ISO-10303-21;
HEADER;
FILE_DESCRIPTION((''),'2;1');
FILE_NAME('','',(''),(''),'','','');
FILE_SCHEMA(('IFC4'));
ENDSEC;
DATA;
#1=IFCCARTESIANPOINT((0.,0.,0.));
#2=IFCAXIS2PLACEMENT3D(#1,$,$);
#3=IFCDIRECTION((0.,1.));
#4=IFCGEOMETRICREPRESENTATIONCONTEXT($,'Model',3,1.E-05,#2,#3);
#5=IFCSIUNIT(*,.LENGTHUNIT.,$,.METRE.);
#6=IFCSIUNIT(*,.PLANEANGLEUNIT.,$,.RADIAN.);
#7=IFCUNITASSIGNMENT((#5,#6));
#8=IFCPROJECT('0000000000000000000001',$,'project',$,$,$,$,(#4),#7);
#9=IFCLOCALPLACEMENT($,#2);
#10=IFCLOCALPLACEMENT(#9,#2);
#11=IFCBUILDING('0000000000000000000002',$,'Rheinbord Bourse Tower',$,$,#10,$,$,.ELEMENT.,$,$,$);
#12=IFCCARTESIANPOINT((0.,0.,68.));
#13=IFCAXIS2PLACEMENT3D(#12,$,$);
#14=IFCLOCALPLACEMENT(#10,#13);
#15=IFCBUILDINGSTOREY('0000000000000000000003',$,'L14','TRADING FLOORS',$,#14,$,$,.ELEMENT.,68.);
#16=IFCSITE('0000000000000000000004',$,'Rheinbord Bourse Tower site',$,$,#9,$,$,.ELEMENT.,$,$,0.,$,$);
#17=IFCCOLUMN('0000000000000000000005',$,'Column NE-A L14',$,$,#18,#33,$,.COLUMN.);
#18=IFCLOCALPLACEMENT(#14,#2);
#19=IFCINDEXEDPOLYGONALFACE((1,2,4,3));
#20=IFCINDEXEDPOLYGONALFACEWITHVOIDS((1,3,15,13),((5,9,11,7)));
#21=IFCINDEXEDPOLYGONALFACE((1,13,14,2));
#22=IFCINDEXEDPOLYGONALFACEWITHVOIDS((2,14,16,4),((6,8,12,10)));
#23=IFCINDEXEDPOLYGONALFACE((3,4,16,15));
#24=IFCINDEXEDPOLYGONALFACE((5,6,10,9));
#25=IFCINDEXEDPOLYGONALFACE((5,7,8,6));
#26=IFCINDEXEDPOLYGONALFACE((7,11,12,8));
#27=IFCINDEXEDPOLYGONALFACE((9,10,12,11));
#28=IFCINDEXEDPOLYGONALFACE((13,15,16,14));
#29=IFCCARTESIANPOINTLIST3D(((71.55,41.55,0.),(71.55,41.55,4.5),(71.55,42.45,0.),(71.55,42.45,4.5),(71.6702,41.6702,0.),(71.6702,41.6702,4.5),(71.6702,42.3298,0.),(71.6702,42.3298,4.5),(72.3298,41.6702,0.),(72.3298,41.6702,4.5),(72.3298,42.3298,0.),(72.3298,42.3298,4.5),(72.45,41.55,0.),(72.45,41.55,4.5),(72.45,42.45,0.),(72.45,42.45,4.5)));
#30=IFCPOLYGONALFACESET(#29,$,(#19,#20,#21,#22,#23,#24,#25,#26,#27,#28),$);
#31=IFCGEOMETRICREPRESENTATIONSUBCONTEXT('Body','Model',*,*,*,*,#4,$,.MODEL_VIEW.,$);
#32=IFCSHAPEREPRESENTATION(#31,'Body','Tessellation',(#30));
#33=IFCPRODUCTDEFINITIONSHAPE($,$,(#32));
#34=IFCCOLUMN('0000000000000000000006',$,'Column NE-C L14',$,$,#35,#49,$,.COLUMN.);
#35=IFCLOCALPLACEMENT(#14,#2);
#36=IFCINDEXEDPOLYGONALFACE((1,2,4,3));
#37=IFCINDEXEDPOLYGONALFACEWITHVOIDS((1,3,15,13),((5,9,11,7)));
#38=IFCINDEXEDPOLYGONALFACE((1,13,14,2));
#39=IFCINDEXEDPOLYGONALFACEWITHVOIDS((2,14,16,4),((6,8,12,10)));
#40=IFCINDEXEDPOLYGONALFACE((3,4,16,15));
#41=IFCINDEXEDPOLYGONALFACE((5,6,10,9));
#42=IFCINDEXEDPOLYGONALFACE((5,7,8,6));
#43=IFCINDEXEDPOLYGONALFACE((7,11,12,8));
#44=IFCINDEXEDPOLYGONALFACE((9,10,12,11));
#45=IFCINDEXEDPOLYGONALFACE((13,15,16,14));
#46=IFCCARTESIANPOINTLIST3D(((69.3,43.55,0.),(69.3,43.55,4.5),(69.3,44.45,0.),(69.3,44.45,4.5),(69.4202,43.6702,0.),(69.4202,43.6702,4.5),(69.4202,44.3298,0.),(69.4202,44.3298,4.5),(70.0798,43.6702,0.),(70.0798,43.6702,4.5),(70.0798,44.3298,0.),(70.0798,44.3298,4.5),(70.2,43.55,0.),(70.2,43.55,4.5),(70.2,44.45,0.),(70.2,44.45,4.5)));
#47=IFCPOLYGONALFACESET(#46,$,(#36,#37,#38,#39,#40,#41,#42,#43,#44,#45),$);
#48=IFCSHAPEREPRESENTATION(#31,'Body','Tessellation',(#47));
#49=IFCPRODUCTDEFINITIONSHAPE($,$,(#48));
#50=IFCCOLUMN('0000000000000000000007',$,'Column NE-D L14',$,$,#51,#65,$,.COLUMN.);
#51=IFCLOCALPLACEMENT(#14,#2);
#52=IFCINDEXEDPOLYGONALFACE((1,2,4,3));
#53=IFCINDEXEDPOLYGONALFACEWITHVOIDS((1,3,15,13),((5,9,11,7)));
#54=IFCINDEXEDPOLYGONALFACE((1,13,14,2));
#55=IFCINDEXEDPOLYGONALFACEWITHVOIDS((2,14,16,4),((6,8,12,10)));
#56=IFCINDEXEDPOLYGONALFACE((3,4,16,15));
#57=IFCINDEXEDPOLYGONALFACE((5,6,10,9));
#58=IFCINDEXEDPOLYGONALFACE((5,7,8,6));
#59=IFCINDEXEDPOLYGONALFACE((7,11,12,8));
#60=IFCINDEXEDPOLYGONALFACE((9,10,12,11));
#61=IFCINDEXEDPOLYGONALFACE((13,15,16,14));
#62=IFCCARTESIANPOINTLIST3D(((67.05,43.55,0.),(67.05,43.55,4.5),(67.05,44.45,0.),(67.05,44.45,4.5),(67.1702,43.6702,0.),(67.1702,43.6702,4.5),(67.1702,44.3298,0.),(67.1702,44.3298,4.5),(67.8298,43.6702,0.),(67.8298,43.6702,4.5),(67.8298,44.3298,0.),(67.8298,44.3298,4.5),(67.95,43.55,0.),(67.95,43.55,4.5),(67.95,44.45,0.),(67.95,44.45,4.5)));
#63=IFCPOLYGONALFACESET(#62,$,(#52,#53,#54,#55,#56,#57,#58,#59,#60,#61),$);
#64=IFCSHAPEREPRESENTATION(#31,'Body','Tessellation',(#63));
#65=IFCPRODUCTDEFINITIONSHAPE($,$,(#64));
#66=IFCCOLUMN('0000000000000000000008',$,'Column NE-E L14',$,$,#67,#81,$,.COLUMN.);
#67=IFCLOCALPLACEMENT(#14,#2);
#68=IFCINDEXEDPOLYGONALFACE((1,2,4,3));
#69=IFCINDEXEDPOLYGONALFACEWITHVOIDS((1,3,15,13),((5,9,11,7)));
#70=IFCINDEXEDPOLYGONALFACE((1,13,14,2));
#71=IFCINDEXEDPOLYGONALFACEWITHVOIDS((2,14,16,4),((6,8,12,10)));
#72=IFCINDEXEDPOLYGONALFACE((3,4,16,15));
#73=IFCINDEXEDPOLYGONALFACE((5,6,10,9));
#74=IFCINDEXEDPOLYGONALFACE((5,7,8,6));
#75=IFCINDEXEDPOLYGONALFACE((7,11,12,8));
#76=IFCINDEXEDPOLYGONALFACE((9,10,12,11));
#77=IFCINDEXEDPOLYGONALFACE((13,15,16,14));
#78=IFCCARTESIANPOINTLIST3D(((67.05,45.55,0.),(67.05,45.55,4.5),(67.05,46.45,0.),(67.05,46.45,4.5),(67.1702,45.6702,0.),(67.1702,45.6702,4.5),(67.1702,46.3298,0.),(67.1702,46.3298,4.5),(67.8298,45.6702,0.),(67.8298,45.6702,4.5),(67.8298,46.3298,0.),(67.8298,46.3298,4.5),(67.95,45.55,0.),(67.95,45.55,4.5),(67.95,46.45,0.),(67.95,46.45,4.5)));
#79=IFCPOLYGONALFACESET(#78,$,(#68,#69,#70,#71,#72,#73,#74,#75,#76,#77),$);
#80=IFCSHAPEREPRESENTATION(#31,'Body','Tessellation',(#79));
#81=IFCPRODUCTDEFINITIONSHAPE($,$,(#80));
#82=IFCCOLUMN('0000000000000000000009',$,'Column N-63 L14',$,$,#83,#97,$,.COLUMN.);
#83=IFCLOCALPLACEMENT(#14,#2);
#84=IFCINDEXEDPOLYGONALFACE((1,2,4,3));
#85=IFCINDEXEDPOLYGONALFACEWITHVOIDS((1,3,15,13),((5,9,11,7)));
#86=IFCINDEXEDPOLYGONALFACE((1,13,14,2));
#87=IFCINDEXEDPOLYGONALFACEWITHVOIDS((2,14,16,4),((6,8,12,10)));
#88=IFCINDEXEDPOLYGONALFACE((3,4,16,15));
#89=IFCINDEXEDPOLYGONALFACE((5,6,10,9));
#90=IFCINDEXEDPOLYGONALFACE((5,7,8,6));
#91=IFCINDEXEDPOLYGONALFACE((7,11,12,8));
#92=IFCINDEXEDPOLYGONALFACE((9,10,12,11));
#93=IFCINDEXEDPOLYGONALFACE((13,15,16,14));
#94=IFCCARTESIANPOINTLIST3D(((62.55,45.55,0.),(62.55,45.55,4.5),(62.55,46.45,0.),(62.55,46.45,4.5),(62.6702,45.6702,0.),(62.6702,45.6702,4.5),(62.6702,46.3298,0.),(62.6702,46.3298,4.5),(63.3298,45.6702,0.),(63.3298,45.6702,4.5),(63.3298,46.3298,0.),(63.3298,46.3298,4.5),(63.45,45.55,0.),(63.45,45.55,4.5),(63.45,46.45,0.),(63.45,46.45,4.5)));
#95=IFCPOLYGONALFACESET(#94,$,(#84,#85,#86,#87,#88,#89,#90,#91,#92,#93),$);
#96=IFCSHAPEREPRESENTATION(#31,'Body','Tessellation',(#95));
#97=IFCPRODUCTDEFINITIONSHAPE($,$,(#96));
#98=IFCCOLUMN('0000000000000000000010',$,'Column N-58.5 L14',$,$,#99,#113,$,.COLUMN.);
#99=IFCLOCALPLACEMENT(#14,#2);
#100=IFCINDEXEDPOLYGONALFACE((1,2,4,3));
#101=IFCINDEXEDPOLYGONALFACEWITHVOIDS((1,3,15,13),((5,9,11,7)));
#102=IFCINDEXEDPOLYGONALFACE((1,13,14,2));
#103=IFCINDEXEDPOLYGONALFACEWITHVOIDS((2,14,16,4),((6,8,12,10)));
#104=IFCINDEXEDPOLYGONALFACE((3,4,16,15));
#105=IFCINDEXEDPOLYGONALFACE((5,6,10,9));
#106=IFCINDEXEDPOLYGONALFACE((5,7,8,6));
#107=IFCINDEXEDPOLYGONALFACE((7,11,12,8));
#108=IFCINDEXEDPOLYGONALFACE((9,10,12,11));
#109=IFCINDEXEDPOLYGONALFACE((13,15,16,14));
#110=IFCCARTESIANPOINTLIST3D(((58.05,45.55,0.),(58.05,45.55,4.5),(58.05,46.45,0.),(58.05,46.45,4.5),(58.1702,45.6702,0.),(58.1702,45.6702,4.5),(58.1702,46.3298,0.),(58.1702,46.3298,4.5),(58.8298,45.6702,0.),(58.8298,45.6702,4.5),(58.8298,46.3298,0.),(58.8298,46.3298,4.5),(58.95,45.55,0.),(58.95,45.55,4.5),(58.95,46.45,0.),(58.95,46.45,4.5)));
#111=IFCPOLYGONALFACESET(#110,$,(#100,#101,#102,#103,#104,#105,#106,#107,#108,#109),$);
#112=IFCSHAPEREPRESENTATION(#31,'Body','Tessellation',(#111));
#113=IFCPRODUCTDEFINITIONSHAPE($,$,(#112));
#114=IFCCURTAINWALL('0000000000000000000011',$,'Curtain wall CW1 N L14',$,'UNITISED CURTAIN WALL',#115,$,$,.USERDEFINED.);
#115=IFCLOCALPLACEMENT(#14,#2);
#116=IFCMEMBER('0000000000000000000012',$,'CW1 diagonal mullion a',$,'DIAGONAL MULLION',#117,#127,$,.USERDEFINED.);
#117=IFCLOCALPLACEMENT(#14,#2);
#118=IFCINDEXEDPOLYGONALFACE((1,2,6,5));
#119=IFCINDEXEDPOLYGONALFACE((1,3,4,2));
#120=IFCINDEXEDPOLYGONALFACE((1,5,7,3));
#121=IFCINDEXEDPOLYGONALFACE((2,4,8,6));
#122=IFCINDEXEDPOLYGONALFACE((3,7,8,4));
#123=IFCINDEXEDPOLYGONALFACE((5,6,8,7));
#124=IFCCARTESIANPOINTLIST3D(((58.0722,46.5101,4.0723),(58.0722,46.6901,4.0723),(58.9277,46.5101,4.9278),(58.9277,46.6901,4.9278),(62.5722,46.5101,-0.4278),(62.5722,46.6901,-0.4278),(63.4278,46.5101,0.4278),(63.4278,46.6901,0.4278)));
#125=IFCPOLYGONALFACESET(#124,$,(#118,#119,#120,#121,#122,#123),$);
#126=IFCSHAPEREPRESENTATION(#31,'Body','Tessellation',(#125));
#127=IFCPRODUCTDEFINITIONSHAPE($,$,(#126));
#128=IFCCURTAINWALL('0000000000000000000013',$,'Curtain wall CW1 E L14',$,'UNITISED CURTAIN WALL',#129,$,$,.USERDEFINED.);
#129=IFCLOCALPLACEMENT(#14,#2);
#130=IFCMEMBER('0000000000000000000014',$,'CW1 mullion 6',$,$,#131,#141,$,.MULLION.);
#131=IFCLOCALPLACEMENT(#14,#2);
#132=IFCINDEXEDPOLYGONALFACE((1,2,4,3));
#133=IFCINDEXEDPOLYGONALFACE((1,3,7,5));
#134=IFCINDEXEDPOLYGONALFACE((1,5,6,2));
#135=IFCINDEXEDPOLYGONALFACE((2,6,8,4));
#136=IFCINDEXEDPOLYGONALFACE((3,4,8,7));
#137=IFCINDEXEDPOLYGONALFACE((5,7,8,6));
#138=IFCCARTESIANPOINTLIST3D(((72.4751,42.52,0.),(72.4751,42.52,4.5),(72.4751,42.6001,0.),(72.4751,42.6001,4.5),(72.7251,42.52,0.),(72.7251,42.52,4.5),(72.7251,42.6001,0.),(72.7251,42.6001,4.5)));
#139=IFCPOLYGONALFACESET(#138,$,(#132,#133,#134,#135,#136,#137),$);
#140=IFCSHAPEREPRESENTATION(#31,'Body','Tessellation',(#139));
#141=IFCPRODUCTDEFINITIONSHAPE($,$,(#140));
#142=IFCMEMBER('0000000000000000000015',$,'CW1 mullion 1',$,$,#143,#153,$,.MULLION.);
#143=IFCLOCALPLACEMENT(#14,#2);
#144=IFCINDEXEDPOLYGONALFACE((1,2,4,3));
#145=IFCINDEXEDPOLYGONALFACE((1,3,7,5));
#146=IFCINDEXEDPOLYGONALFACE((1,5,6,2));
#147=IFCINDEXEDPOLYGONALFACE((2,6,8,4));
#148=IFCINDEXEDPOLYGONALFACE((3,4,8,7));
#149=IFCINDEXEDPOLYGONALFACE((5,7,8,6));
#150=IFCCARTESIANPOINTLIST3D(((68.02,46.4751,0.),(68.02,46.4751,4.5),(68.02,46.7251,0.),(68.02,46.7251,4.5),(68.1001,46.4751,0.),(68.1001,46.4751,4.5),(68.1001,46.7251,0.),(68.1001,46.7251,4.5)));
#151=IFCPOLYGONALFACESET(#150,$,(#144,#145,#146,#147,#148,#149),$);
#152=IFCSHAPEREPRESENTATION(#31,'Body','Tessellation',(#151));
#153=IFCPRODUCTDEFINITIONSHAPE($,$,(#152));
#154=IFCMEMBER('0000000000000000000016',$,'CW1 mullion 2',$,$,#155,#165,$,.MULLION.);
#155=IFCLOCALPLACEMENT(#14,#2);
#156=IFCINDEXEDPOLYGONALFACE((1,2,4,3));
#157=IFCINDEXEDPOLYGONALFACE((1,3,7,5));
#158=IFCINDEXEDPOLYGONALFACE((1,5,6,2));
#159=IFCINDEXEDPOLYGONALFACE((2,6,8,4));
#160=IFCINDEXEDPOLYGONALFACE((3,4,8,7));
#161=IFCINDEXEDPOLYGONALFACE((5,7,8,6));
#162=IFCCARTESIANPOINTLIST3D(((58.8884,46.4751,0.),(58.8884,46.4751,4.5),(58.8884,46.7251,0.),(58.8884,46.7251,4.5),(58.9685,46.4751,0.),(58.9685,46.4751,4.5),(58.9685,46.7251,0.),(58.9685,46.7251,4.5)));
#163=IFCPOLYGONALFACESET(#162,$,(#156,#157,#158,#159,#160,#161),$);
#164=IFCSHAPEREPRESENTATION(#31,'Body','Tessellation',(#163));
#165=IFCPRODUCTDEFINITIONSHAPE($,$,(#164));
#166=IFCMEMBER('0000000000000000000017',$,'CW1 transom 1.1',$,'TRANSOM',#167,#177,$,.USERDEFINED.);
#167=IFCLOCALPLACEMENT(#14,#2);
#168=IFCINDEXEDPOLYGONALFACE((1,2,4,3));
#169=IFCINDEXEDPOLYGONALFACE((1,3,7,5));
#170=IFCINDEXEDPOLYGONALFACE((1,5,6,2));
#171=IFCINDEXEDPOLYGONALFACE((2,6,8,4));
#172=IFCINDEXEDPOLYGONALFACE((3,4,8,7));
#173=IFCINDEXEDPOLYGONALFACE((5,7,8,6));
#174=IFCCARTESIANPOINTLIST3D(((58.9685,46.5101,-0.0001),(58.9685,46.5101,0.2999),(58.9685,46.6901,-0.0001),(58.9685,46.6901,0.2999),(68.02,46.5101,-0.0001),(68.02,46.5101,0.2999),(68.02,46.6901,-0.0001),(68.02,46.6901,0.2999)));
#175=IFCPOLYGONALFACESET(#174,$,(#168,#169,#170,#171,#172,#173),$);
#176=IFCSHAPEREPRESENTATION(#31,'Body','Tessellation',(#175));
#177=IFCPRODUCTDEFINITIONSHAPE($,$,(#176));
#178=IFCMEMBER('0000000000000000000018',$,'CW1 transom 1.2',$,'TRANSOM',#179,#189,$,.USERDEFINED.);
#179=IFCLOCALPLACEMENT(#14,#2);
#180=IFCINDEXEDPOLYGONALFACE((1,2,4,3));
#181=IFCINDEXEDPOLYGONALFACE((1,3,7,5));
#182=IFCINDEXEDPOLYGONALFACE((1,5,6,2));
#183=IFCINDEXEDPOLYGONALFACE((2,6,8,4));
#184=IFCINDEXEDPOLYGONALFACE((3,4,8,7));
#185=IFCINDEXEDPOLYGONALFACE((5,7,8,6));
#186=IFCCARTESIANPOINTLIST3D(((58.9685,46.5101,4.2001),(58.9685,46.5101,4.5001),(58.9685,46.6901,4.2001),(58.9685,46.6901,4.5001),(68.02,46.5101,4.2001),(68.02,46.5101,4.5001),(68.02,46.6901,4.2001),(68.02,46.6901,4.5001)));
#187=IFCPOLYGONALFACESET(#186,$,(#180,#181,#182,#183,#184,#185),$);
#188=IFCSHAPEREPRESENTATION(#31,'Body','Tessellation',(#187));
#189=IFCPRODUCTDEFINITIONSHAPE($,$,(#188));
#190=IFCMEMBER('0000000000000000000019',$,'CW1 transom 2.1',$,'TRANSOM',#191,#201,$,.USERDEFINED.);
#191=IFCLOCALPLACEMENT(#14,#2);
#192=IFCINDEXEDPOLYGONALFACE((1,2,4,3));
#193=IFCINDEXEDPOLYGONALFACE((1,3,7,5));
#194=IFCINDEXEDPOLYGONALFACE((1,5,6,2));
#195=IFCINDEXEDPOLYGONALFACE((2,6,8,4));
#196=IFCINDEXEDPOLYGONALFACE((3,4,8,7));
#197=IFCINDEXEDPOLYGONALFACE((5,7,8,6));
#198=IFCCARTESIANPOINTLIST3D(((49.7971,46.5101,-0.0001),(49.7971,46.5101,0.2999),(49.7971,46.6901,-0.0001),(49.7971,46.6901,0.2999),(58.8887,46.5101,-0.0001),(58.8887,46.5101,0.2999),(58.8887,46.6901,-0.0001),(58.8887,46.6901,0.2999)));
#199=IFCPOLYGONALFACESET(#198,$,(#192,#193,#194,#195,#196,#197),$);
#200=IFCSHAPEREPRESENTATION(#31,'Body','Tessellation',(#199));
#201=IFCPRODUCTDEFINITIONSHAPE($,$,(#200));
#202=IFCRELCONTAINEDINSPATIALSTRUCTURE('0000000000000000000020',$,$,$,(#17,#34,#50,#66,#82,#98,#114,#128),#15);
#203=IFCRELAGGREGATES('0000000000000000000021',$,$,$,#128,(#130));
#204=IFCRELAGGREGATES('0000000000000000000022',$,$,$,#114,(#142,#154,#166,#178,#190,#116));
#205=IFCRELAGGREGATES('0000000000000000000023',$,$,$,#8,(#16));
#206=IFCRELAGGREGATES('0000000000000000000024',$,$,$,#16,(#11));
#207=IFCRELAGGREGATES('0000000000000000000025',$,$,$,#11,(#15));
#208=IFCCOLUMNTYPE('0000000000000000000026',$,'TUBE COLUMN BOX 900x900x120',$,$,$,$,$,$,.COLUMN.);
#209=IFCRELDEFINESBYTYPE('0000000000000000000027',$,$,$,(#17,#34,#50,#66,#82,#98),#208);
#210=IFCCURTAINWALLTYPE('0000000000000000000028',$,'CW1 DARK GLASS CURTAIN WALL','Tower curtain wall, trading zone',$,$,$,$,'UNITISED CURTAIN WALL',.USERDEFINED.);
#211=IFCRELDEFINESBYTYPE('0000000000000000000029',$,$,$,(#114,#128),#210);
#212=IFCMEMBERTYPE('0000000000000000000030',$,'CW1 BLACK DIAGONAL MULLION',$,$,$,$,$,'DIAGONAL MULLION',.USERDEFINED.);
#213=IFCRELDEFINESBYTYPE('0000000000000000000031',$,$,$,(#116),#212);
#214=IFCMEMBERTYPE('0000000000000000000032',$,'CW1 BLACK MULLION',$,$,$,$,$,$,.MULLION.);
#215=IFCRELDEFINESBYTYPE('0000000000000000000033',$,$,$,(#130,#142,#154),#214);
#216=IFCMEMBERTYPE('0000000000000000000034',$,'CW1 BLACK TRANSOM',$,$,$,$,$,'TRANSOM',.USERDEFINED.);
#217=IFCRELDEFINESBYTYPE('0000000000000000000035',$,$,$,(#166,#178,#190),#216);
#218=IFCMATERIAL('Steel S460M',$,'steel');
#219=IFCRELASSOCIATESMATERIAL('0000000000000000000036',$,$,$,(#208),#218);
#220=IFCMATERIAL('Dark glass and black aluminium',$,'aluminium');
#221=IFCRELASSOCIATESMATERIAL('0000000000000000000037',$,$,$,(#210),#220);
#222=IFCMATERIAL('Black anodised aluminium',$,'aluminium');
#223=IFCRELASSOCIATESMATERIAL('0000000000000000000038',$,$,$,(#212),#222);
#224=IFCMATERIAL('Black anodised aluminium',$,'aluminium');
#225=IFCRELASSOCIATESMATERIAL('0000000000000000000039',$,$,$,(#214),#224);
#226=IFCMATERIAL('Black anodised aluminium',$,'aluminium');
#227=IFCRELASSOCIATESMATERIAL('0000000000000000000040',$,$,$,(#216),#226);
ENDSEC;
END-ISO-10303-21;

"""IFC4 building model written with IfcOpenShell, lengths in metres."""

from ifc_helpers import new_model, si_unit, direction, frame, origin, origin_2d, place, context, subcontext, project, spatial, rectangle, hollow_rectangle, extrude, material, material_profile, profile_set, type_object, element, aggregate, save


model = new_model("IFC4")

# Units and contexts
model_context = context("Model", 3, precision=1e-05, world=origin(), true_north=direction((0.0, 1.0)))
body_context = subcontext(model_context, "Body", "Model", "MODEL_VIEW")
ifc_project = project(units=[si_unit("LENGTHUNIT", "METRE"), si_unit("PLANEANGLEUNIT", "RADIAN")], contexts=[model_context])

# Site, building, storey
site_placement = place(None, origin())
site = spatial("IfcSite", under=ifc_project, at=site_placement, Name="Rheinbord Bourse Tower site", CompositionType="ELEMENT", RefElevation=0.0)
building_placement = place(site_placement, origin())
building = spatial("IfcBuilding", under=site, at=building_placement, Name="Rheinbord Bourse Tower", CompositionType="ELEMENT")
storey_placement = place(building_placement, frame((0.0, 0.0, 68.0)))
storey = spatial("IfcBuildingStorey", under=building, at=storey_placement, Name="L14", Description="TRADING FLOORS", CompositionType="ELEMENT", Elevation=68.0)

# Columns
ifc_material_1 = material(Name="Steel S460M", Category="steel")
ifc_material_profile_1 = material_profile(ifc_material_1, hollow_rectangle(XDim=0.8999, YDim=0.8999, WallThickness=0.1201, at=origin_2d()), Name="BOX 900x900x120")
ifc_profile_set_1 = profile_set([ifc_material_profile_1], Name="Steel S460M")
column_type = type_object("IfcColumnType", Name="TUBE COLUMN BOX 900x900x120", PredefinedType="COLUMN", material=ifc_profile_set_1)
for number, where, z_axis, x_axis, name in (
    (1, (72.0, 42.0, 0.0), (0.0, 0.0, 1.0), (1.0, 0.0, 0.0), "Column NE-A L14"),
    (2, (69.75, 44.0, 0.0), (0.0, 0.0, 1.0), (1.0, 0.0, 0.0), "Column NE-C L14"),
    (3, (67.5, 44.0, 0.0), (0.0, 0.0, 1.0), (0.0, 1.0, 0.0), "Column NE-D L14"),
    (4, (67.5, 46.0, 0.0), (0.0, 0.0, 1.0), (0.0, 1.0, 0.0), "Column NE-E L14"),
    (5, (63.0, 46.0, 0.0), (0.0, 0.0, 1.0), (0.0, 1.0, 0.0), "Column N-63 L14"),
    (6, (58.5, 46.0, 0.0), (0.0, 0.0, 1.0), (0.0, 1.0, 0.0), "Column N-58.5 L14"),
):
    element("IfcColumn", number, at=place(storey_placement, frame(where, z_axis=z_axis, x_axis=x_axis)), inside=storey, type_object=column_type, Name=name, PredefinedType="COLUMN", context=body_context, shape_type="SweptSolid", body=[
        extrude(hollow_rectangle(XDim=0.8999, YDim=0.8999, WallThickness=0.1201, at=origin_2d()), origin(), (0.0, 0.0, 1.0), 4.5),
    ])

# Curtain walls, members
ifc_material_2 = material(Name="Dark glass and black aluminium", Category="aluminium")
curtain_wall_type = type_object("IfcCurtainWallType", Name="CW1 DARK GLASS CURTAIN WALL", Description="Tower curtain wall, trading zone", ElementType="UNITISED CURTAIN WALL", PredefinedType="USERDEFINED", material=ifc_material_2)
curtain_wall_1_placement = place(storey_placement, origin())
curtain_wall_1 = element("IfcCurtainWall", 7, at=curtain_wall_1_placement, inside=storey, type_object=curtain_wall_type, Name="Curtain wall CW1 N L14", ObjectType="UNITISED CURTAIN WALL", PredefinedType="USERDEFINED")
ifc_material_3 = material(Name="Black anodised aluminium", Category="aluminium")
ifc_material_profile_2 = material_profile(ifc_material_3, rectangle(XDim=0.1799, YDim=1.21, at=origin_2d()), Name="CW1 DIAGONAL MULLION 1210x180")
ifc_profile_set_2 = profile_set([ifc_material_profile_2], Name="Black anodised aluminium")
member_type_1 = type_object("IfcMemberType", Name="CW1 BLACK DIAGONAL MULLION", ElementType="DIAGONAL MULLION", PredefinedType="USERDEFINED", material=ifc_profile_set_2)
member_1_placement = place(storey_placement, frame((63.0, 46.6001, 0.0), z_axis=(-0.707107, 0.0, 0.707107), x_axis=(0.0, -1.0, 0.0)))
member_1 = element("IfcMember", 8, at=member_1_placement, type_object=member_type_1, Name="CW1 diagonal mullion a", ObjectType="DIAGONAL MULLION", PredefinedType="USERDEFINED", context=body_context, shape_type="SweptSolid", body=[
    extrude(rectangle(XDim=0.1799, YDim=1.21, at=origin_2d()), origin(), (0.0, 0.0, 1.0), 6.364),
])
curtain_wall_2_placement = place(storey_placement, origin())
curtain_wall_2 = element("IfcCurtainWall", 9, at=curtain_wall_2_placement, inside=storey, type_object=curtain_wall_type, Name="Curtain wall CW1 E L14", ObjectType="UNITISED CURTAIN WALL", PredefinedType="USERDEFINED")
ifc_material_4 = material(Name="Black anodised aluminium", Category="aluminium")
ifc_material_profile_3 = material_profile(ifc_material_4, rectangle(XDim=0.25, YDim=0.0801, at=origin_2d()), Name="CW1 MULLION 80x250")
ifc_profile_set_3 = profile_set([ifc_material_profile_3], Name="Black anodised aluminium")
member_type_2 = type_object("IfcMemberType", Name="CW1 BLACK MULLION", PredefinedType="MULLION", material=ifc_profile_set_3)
member_2_placement = place(storey_placement, frame((72.6001, 42.5601, 0.0), z_axis=(0.0, 0.0, 1.0), x_axis=(-1.0, 0.0, 0.0)))
member_2 = element("IfcMember", 10, at=member_2_placement, type_object=member_type_2, Name="CW1 mullion 6", PredefinedType="MULLION", context=body_context, shape_type="SweptSolid", body=[
    extrude(rectangle(XDim=0.25, YDim=0.0801, at=origin_2d()), origin(), (0.0, 0.0, 1.0), 4.5),
])
aggregate(curtain_wall_2, [member_2])

# Members
member_3_placement = place(storey_placement, frame((68.0601, 46.6001, 0.0), z_axis=(0.0, 0.0, 1.0), x_axis=(0.0, -1.0, 0.0)))
member_3 = element("IfcMember", 11, at=member_3_placement, type_object=member_type_2, Name="CW1 mullion 1", PredefinedType="MULLION", context=body_context, shape_type="SweptSolid", body=[
    extrude(rectangle(XDim=0.25, YDim=0.0801, at=origin_2d()), origin(), (0.0, 0.0, 1.0), 4.5),
])
member_4_placement = place(storey_placement, frame((58.9285, 46.6001, 0.0), z_axis=(0.0, 0.0, 1.0), x_axis=(0.0, -1.0, 0.0)))
member_4 = element("IfcMember", 12, at=member_4_placement, type_object=member_type_2, Name="CW1 mullion 2", PredefinedType="MULLION", context=body_context, shape_type="SweptSolid", body=[
    extrude(rectangle(XDim=0.25, YDim=0.0801, at=origin_2d()), origin(), (0.0, 0.0, 1.0), 4.5),
])
ifc_material_5 = material(Name="Black anodised aluminium", Category="aluminium")
ifc_material_profile_4 = material_profile(ifc_material_5, rectangle(XDim=0.1799, YDim=0.3, at=origin_2d()), Name="CW1 TRANSOM 300x180")
ifc_profile_set_4 = profile_set([ifc_material_profile_4], Name="Black anodised aluminium")
member_type_3 = type_object("IfcMemberType", Name="CW1 BLACK TRANSOM", ElementType="TRANSOM", PredefinedType="USERDEFINED", material=ifc_profile_set_4)
member_5_placement = place(storey_placement, frame((68.02, 46.6001, 0.1499), z_axis=(-1.0, 0.0, 0.0), x_axis=(0.0, -1.0, 0.0)))
member_5 = element("IfcMember", 13, at=member_5_placement, type_object=member_type_3, Name="CW1 transom 1.1", ObjectType="TRANSOM", PredefinedType="USERDEFINED", context=body_context, shape_type="SweptSolid", body=[
    extrude(rectangle(XDim=0.1799, YDim=0.3, at=origin_2d()), origin(), (0.0, 0.0, 1.0), 9.0515),
])
member_6_placement = place(storey_placement, frame((68.02, 46.6001, 4.3501), z_axis=(-1.0, 0.0, 0.0), x_axis=(0.0, -1.0, 0.0)))
member_6 = element("IfcMember", 14, at=member_6_placement, type_object=member_type_3, Name="CW1 transom 1.2", ObjectType="TRANSOM", PredefinedType="USERDEFINED", context=body_context, shape_type="SweptSolid", body=[
    extrude(rectangle(XDim=0.1799, YDim=0.3, at=origin_2d()), origin(), (0.0, 0.0, 1.0), 9.0515),
])
member_7_placement = place(storey_placement, frame((58.8887, 46.6001, 0.1499), z_axis=(-1.0, 0.0, 0.0), x_axis=(0.0, -1.0, 0.0)))
member_7 = element("IfcMember", 15, at=member_7_placement, type_object=member_type_3, Name="CW1 transom 2.1", ObjectType="TRANSOM", PredefinedType="USERDEFINED", context=body_context, shape_type="SweptSolid", body=[
    extrude(rectangle(XDim=0.1799, YDim=0.3, at=origin_2d()), origin(), (0.0, 0.0, 1.0), 9.0916),
])

aggregate(curtain_wall_1, [member_3, member_4, member_5, member_6, member_7, member_1])

save(model, "model.ifc")
